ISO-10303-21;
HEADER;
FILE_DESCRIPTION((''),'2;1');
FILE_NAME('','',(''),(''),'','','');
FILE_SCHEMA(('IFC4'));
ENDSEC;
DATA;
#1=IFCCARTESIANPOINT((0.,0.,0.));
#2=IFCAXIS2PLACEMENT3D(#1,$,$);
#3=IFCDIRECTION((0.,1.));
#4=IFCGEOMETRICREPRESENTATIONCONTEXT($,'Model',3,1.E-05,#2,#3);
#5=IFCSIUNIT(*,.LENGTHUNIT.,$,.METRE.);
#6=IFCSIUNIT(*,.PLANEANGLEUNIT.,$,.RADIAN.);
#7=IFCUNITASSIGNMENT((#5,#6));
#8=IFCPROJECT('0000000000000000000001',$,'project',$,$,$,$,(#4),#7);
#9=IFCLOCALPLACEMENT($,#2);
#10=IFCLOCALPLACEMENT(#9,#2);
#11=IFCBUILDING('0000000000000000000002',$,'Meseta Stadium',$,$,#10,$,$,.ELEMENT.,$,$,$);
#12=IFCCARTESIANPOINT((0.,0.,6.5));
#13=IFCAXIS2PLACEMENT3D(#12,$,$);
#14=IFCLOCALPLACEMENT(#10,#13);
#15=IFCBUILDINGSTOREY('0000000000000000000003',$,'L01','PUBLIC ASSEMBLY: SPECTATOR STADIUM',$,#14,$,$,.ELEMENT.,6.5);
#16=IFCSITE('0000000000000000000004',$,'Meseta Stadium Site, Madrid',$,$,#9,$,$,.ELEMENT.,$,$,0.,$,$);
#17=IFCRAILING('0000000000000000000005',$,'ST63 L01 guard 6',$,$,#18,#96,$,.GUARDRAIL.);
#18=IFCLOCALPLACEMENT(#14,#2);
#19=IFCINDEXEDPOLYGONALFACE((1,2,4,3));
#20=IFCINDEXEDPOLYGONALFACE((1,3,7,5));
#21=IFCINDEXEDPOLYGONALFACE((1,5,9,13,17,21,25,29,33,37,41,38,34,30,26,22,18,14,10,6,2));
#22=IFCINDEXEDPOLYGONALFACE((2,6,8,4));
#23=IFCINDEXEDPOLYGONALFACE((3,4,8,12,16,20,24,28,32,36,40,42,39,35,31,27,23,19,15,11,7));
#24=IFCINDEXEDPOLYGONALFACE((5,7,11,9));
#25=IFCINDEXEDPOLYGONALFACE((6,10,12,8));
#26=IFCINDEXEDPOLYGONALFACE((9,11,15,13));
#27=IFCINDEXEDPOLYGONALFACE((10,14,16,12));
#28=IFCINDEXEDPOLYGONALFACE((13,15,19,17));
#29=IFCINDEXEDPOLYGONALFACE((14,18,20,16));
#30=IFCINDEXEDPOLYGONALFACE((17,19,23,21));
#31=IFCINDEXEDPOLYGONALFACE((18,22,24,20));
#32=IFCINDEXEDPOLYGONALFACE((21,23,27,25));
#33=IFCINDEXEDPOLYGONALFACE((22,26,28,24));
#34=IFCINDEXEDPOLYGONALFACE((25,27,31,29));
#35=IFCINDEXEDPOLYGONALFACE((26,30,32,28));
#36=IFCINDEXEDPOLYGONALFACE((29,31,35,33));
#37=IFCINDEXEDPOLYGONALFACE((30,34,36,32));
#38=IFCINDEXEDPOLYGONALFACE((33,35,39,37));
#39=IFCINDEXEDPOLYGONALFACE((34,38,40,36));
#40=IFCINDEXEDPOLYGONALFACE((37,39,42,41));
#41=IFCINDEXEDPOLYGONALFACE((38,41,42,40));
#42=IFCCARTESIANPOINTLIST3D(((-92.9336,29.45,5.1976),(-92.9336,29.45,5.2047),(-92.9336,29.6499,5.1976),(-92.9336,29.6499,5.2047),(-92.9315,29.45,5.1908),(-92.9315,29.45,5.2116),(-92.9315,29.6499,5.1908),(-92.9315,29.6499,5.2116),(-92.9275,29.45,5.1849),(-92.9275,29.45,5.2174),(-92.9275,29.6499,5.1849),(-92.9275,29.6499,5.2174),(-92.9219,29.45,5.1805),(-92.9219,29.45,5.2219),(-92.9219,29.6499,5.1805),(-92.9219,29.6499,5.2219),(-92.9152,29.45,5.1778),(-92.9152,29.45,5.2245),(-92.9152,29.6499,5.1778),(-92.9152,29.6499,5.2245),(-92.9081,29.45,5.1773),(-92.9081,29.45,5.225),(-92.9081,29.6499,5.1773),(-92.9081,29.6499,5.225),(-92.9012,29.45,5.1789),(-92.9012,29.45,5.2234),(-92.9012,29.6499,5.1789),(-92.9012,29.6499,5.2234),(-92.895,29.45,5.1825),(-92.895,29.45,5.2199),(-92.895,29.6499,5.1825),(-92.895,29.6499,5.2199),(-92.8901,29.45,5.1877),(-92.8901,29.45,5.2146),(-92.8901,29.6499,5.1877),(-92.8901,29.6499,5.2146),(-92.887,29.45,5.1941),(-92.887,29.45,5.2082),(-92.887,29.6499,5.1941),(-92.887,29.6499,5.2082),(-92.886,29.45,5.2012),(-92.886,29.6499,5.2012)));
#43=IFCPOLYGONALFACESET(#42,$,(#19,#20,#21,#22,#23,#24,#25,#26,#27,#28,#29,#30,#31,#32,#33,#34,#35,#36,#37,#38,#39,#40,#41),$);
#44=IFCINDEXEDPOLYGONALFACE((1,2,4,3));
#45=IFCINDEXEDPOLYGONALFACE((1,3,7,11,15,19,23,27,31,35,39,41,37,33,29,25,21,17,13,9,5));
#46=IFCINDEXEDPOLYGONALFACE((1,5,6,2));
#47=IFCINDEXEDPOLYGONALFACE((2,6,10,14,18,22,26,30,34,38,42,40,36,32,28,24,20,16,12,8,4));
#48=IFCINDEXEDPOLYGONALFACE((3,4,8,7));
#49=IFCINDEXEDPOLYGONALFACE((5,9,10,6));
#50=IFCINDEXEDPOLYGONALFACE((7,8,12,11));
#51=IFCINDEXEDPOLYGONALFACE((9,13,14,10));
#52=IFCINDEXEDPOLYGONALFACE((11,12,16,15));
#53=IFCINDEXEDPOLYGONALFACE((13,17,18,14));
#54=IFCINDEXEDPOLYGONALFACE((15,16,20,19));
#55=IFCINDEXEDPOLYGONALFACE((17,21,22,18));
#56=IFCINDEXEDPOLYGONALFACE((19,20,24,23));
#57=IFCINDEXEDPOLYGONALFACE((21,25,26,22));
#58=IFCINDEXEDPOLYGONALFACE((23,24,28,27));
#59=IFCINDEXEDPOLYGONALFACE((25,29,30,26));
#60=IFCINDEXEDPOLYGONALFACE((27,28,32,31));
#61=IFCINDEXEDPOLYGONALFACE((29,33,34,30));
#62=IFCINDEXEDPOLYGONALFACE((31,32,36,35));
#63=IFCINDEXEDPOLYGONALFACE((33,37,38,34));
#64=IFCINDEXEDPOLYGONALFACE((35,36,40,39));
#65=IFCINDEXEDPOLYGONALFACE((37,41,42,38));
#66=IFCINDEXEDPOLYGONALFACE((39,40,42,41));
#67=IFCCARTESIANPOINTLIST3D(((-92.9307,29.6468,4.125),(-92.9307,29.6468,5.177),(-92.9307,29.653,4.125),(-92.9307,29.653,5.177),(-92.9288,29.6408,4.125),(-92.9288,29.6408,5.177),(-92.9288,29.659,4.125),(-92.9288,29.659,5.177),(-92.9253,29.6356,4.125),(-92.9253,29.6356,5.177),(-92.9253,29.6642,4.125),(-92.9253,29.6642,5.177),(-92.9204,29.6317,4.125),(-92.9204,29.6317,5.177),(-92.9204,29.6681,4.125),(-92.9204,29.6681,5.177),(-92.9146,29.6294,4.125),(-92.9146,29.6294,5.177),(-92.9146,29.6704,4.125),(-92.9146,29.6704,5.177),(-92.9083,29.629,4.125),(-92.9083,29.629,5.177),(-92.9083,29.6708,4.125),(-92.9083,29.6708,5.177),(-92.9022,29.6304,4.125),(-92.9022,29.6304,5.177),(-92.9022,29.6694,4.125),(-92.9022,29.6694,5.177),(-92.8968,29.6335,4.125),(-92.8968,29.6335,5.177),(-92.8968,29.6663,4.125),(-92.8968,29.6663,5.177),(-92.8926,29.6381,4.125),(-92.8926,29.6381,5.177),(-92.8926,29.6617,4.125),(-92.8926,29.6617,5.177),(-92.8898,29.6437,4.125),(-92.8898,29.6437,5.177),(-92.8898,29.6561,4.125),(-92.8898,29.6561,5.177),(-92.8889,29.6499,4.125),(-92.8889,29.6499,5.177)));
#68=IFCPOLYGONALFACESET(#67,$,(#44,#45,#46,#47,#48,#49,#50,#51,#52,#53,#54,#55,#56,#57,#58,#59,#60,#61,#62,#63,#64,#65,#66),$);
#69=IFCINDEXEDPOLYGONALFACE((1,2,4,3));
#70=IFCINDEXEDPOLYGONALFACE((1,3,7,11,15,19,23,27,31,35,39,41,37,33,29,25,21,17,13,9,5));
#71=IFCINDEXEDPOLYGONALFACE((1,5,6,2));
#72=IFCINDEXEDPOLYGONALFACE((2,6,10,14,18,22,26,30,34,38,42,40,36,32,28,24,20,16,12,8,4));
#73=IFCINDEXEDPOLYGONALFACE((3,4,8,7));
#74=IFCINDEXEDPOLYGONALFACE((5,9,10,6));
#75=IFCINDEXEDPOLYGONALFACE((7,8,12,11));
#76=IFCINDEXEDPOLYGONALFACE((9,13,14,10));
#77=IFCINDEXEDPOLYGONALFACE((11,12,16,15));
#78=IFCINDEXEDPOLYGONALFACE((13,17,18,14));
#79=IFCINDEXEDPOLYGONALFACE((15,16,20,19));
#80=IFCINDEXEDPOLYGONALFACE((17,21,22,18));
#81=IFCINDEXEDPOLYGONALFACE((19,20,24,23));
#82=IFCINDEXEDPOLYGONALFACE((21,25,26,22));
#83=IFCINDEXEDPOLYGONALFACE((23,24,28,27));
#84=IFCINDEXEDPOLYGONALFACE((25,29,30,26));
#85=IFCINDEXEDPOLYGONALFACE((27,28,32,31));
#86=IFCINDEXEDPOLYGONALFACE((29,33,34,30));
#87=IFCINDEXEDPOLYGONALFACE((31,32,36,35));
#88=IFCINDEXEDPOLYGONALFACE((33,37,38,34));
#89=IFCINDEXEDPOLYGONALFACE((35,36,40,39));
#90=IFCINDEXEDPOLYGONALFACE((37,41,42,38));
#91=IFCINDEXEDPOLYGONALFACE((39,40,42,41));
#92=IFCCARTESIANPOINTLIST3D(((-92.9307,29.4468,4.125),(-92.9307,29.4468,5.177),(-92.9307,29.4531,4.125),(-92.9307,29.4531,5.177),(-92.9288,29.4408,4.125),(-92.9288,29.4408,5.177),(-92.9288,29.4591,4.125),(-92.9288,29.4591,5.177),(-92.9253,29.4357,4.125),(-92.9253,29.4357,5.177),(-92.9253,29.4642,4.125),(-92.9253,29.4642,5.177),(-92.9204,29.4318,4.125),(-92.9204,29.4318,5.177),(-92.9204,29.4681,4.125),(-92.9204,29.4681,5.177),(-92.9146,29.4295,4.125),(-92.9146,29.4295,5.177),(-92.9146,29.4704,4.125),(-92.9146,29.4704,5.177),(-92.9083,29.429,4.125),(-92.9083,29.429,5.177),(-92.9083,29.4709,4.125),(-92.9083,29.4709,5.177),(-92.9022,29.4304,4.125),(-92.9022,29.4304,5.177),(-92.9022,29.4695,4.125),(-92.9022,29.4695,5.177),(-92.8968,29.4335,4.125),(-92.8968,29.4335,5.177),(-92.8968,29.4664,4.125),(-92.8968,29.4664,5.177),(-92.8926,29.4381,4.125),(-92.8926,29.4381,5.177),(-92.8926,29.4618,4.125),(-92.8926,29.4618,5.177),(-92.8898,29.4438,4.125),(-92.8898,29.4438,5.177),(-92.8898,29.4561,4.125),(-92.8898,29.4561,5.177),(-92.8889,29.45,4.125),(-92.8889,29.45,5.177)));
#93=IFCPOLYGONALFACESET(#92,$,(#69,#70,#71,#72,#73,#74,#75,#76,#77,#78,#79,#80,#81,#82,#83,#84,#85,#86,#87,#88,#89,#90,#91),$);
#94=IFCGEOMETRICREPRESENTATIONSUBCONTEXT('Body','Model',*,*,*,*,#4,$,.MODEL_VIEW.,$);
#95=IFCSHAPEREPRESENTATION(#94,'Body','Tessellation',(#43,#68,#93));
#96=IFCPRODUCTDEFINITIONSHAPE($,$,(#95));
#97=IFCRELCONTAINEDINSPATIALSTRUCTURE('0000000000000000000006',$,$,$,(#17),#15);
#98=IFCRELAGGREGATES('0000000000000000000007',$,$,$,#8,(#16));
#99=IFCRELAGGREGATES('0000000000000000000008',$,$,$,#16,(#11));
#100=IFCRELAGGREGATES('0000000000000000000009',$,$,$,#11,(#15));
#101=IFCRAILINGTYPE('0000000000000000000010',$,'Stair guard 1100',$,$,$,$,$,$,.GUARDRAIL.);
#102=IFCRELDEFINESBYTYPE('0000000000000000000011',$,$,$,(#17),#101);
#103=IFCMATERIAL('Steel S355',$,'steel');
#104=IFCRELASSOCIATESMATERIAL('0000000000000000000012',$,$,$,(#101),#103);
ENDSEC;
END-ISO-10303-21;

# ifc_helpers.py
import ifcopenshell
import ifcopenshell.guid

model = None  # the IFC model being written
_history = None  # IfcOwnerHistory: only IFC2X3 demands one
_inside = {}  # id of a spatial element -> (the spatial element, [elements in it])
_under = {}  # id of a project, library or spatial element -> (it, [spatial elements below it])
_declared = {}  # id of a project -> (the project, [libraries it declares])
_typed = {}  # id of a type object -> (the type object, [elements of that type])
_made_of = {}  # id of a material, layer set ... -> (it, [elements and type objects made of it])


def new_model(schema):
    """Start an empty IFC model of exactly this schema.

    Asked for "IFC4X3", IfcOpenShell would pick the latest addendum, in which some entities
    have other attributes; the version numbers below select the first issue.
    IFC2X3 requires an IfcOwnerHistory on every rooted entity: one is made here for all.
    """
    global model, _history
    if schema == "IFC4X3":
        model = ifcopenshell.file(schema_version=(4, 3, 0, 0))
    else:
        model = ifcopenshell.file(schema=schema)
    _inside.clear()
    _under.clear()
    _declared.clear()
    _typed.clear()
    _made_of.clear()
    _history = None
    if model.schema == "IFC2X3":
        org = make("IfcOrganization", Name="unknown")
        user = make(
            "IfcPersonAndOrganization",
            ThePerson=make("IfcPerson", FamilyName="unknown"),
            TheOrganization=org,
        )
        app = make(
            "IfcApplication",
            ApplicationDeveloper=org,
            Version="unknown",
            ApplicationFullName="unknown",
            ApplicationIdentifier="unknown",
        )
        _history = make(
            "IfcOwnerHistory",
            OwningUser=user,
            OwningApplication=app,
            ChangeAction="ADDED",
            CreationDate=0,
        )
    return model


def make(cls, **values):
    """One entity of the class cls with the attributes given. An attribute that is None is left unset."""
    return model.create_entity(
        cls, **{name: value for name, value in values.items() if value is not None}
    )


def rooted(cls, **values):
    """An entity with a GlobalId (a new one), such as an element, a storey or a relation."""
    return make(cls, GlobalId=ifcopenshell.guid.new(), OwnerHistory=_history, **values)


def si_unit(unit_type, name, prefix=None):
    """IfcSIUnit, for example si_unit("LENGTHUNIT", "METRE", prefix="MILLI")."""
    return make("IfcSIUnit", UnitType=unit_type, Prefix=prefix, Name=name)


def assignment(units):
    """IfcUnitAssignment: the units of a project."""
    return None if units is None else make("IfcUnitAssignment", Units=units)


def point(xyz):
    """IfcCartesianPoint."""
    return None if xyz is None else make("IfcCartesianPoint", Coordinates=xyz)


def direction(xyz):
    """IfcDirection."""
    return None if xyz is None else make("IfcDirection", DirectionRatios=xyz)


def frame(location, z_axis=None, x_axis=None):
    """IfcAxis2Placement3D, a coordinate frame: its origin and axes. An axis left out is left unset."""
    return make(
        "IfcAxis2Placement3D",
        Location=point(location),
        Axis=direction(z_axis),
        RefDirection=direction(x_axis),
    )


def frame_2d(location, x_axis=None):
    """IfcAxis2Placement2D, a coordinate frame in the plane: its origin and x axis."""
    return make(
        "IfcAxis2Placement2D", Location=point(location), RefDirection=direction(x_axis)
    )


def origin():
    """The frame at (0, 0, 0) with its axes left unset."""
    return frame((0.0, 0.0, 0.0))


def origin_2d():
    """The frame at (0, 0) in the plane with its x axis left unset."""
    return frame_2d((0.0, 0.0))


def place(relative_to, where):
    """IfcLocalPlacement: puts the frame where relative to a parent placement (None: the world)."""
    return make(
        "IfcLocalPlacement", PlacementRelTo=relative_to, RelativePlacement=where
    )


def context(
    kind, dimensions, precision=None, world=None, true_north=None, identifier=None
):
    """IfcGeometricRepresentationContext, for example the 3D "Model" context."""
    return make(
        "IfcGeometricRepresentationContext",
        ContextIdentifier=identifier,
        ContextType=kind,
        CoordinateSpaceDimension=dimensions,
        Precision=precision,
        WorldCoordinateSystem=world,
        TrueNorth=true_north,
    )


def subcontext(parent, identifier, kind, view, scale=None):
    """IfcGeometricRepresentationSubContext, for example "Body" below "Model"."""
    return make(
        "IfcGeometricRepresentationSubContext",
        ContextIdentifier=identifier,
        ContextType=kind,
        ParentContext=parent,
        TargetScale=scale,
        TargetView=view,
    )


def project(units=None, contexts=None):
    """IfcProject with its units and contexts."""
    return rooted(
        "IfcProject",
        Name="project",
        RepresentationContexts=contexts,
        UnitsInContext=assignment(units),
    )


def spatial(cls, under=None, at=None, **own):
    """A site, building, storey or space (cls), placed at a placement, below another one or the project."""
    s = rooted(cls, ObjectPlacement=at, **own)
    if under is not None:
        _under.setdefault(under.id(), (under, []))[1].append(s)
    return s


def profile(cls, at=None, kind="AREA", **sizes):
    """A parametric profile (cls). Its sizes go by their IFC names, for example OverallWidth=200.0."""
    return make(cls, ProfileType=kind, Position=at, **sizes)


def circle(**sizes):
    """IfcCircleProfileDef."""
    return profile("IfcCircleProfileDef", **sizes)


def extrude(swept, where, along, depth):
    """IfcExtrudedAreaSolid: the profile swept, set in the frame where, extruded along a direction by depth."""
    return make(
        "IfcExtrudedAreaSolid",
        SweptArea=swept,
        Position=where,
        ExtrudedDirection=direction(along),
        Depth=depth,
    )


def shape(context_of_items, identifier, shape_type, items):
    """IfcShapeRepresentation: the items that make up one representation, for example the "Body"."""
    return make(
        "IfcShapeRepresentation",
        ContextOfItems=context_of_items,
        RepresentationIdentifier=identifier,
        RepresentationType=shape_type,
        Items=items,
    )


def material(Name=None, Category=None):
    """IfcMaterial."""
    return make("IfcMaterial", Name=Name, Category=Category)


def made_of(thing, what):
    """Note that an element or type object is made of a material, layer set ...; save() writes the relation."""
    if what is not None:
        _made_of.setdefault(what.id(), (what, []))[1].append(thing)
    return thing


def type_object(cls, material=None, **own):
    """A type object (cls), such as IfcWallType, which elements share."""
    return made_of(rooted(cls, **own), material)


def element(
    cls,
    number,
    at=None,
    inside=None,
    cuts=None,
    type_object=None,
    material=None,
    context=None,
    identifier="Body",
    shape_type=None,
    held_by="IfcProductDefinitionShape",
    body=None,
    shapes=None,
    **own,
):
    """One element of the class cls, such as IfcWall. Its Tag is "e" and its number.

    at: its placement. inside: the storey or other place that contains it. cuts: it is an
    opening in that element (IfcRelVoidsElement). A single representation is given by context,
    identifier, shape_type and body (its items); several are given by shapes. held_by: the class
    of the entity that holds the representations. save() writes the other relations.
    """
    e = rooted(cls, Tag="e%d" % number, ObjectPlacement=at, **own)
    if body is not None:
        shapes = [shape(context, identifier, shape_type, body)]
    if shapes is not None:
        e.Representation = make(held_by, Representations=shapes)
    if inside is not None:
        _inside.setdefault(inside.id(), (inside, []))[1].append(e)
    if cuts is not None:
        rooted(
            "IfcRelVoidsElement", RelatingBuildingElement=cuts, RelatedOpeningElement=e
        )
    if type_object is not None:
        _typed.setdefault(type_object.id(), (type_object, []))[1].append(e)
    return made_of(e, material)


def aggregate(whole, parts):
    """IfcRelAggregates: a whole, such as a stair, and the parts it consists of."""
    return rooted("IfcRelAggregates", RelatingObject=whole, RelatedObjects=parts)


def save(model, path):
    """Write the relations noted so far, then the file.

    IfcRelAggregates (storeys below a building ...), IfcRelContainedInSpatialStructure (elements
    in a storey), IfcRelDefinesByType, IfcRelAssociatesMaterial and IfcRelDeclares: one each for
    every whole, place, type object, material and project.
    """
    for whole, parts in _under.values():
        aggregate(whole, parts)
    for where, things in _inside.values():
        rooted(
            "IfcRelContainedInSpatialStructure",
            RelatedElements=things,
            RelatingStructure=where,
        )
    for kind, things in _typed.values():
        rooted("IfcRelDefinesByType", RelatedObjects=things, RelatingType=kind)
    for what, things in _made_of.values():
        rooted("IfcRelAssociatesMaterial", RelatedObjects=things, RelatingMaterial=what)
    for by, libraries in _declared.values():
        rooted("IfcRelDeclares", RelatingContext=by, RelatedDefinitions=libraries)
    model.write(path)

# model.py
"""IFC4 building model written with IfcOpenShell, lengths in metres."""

from ifc_helpers import new_model, si_unit, direction, frame, origin, origin_2d, place, context, subcontext, project, spatial, circle, extrude, material, type_object, element, save


model = new_model("IFC4")

# Units and contexts
model_context = context("Model", 3, precision=1e-05, world=origin(), true_north=direction((0.0, 1.0)))
body_context = subcontext(model_context, "Body", "Model", "MODEL_VIEW")
ifc_project = project(units=[si_unit("LENGTHUNIT", "METRE"), si_unit("PLANEANGLEUNIT", "RADIAN")], contexts=[model_context])

# Site, building, storey
site_placement = place(None, origin())
site = spatial("IfcSite", under=ifc_project, at=site_placement, Name="Meseta Stadium Site, Madrid", CompositionType="ELEMENT", RefElevation=0.0)
building_placement = place(site_placement, origin())
building = spatial("IfcBuilding", under=site, at=building_placement, Name="Meseta Stadium", CompositionType="ELEMENT")
storey_placement = place(building_placement, frame((0.0, 0.0, 6.5)))
storey = spatial("IfcBuildingStorey", under=building, at=storey_placement, Name="L01", Description="PUBLIC ASSEMBLY: SPECTATOR STADIUM", CompositionType="ELEMENT", Elevation=6.5)

# Railing
ifc_material_1 = material(Name="Steel S355", Category="steel")
railing_type_1 = type_object("IfcRailingType", Name="Stair guard 1100", PredefinedType="GUARDRAIL", material=ifc_material_1)
railing_1_placement = place(storey_placement, frame((-92.9099, 29.6499, 4.125)))
element("IfcRailing", 1, at=railing_1_placement, inside=storey, type_object=railing_type_1, Name="ST63 L01 guard 6", PredefinedType="GUARDRAIL", context=body_context, shape_type="SweptSolid", body=[
    extrude(circle(Radius=0.0239, at=origin_2d()), frame((0.0, 0.0, 1.0762), z_axis=(0.0, -1.0, 0.0), x_axis=(1.0, 0.0, 0.0)), (0.0, 0.0, 1.0), 0.2),
    extrude(circle(Radius=0.021, at=origin_2d()), origin(), (0.0, 0.0, 1.0), 1.052),
    extrude(circle(Radius=0.021, at=origin_2d()), frame((0.0, -0.2, 0.0)), (0.0, 0.0, 1.0), 1.052),
])

save(model, "model.ifc")
